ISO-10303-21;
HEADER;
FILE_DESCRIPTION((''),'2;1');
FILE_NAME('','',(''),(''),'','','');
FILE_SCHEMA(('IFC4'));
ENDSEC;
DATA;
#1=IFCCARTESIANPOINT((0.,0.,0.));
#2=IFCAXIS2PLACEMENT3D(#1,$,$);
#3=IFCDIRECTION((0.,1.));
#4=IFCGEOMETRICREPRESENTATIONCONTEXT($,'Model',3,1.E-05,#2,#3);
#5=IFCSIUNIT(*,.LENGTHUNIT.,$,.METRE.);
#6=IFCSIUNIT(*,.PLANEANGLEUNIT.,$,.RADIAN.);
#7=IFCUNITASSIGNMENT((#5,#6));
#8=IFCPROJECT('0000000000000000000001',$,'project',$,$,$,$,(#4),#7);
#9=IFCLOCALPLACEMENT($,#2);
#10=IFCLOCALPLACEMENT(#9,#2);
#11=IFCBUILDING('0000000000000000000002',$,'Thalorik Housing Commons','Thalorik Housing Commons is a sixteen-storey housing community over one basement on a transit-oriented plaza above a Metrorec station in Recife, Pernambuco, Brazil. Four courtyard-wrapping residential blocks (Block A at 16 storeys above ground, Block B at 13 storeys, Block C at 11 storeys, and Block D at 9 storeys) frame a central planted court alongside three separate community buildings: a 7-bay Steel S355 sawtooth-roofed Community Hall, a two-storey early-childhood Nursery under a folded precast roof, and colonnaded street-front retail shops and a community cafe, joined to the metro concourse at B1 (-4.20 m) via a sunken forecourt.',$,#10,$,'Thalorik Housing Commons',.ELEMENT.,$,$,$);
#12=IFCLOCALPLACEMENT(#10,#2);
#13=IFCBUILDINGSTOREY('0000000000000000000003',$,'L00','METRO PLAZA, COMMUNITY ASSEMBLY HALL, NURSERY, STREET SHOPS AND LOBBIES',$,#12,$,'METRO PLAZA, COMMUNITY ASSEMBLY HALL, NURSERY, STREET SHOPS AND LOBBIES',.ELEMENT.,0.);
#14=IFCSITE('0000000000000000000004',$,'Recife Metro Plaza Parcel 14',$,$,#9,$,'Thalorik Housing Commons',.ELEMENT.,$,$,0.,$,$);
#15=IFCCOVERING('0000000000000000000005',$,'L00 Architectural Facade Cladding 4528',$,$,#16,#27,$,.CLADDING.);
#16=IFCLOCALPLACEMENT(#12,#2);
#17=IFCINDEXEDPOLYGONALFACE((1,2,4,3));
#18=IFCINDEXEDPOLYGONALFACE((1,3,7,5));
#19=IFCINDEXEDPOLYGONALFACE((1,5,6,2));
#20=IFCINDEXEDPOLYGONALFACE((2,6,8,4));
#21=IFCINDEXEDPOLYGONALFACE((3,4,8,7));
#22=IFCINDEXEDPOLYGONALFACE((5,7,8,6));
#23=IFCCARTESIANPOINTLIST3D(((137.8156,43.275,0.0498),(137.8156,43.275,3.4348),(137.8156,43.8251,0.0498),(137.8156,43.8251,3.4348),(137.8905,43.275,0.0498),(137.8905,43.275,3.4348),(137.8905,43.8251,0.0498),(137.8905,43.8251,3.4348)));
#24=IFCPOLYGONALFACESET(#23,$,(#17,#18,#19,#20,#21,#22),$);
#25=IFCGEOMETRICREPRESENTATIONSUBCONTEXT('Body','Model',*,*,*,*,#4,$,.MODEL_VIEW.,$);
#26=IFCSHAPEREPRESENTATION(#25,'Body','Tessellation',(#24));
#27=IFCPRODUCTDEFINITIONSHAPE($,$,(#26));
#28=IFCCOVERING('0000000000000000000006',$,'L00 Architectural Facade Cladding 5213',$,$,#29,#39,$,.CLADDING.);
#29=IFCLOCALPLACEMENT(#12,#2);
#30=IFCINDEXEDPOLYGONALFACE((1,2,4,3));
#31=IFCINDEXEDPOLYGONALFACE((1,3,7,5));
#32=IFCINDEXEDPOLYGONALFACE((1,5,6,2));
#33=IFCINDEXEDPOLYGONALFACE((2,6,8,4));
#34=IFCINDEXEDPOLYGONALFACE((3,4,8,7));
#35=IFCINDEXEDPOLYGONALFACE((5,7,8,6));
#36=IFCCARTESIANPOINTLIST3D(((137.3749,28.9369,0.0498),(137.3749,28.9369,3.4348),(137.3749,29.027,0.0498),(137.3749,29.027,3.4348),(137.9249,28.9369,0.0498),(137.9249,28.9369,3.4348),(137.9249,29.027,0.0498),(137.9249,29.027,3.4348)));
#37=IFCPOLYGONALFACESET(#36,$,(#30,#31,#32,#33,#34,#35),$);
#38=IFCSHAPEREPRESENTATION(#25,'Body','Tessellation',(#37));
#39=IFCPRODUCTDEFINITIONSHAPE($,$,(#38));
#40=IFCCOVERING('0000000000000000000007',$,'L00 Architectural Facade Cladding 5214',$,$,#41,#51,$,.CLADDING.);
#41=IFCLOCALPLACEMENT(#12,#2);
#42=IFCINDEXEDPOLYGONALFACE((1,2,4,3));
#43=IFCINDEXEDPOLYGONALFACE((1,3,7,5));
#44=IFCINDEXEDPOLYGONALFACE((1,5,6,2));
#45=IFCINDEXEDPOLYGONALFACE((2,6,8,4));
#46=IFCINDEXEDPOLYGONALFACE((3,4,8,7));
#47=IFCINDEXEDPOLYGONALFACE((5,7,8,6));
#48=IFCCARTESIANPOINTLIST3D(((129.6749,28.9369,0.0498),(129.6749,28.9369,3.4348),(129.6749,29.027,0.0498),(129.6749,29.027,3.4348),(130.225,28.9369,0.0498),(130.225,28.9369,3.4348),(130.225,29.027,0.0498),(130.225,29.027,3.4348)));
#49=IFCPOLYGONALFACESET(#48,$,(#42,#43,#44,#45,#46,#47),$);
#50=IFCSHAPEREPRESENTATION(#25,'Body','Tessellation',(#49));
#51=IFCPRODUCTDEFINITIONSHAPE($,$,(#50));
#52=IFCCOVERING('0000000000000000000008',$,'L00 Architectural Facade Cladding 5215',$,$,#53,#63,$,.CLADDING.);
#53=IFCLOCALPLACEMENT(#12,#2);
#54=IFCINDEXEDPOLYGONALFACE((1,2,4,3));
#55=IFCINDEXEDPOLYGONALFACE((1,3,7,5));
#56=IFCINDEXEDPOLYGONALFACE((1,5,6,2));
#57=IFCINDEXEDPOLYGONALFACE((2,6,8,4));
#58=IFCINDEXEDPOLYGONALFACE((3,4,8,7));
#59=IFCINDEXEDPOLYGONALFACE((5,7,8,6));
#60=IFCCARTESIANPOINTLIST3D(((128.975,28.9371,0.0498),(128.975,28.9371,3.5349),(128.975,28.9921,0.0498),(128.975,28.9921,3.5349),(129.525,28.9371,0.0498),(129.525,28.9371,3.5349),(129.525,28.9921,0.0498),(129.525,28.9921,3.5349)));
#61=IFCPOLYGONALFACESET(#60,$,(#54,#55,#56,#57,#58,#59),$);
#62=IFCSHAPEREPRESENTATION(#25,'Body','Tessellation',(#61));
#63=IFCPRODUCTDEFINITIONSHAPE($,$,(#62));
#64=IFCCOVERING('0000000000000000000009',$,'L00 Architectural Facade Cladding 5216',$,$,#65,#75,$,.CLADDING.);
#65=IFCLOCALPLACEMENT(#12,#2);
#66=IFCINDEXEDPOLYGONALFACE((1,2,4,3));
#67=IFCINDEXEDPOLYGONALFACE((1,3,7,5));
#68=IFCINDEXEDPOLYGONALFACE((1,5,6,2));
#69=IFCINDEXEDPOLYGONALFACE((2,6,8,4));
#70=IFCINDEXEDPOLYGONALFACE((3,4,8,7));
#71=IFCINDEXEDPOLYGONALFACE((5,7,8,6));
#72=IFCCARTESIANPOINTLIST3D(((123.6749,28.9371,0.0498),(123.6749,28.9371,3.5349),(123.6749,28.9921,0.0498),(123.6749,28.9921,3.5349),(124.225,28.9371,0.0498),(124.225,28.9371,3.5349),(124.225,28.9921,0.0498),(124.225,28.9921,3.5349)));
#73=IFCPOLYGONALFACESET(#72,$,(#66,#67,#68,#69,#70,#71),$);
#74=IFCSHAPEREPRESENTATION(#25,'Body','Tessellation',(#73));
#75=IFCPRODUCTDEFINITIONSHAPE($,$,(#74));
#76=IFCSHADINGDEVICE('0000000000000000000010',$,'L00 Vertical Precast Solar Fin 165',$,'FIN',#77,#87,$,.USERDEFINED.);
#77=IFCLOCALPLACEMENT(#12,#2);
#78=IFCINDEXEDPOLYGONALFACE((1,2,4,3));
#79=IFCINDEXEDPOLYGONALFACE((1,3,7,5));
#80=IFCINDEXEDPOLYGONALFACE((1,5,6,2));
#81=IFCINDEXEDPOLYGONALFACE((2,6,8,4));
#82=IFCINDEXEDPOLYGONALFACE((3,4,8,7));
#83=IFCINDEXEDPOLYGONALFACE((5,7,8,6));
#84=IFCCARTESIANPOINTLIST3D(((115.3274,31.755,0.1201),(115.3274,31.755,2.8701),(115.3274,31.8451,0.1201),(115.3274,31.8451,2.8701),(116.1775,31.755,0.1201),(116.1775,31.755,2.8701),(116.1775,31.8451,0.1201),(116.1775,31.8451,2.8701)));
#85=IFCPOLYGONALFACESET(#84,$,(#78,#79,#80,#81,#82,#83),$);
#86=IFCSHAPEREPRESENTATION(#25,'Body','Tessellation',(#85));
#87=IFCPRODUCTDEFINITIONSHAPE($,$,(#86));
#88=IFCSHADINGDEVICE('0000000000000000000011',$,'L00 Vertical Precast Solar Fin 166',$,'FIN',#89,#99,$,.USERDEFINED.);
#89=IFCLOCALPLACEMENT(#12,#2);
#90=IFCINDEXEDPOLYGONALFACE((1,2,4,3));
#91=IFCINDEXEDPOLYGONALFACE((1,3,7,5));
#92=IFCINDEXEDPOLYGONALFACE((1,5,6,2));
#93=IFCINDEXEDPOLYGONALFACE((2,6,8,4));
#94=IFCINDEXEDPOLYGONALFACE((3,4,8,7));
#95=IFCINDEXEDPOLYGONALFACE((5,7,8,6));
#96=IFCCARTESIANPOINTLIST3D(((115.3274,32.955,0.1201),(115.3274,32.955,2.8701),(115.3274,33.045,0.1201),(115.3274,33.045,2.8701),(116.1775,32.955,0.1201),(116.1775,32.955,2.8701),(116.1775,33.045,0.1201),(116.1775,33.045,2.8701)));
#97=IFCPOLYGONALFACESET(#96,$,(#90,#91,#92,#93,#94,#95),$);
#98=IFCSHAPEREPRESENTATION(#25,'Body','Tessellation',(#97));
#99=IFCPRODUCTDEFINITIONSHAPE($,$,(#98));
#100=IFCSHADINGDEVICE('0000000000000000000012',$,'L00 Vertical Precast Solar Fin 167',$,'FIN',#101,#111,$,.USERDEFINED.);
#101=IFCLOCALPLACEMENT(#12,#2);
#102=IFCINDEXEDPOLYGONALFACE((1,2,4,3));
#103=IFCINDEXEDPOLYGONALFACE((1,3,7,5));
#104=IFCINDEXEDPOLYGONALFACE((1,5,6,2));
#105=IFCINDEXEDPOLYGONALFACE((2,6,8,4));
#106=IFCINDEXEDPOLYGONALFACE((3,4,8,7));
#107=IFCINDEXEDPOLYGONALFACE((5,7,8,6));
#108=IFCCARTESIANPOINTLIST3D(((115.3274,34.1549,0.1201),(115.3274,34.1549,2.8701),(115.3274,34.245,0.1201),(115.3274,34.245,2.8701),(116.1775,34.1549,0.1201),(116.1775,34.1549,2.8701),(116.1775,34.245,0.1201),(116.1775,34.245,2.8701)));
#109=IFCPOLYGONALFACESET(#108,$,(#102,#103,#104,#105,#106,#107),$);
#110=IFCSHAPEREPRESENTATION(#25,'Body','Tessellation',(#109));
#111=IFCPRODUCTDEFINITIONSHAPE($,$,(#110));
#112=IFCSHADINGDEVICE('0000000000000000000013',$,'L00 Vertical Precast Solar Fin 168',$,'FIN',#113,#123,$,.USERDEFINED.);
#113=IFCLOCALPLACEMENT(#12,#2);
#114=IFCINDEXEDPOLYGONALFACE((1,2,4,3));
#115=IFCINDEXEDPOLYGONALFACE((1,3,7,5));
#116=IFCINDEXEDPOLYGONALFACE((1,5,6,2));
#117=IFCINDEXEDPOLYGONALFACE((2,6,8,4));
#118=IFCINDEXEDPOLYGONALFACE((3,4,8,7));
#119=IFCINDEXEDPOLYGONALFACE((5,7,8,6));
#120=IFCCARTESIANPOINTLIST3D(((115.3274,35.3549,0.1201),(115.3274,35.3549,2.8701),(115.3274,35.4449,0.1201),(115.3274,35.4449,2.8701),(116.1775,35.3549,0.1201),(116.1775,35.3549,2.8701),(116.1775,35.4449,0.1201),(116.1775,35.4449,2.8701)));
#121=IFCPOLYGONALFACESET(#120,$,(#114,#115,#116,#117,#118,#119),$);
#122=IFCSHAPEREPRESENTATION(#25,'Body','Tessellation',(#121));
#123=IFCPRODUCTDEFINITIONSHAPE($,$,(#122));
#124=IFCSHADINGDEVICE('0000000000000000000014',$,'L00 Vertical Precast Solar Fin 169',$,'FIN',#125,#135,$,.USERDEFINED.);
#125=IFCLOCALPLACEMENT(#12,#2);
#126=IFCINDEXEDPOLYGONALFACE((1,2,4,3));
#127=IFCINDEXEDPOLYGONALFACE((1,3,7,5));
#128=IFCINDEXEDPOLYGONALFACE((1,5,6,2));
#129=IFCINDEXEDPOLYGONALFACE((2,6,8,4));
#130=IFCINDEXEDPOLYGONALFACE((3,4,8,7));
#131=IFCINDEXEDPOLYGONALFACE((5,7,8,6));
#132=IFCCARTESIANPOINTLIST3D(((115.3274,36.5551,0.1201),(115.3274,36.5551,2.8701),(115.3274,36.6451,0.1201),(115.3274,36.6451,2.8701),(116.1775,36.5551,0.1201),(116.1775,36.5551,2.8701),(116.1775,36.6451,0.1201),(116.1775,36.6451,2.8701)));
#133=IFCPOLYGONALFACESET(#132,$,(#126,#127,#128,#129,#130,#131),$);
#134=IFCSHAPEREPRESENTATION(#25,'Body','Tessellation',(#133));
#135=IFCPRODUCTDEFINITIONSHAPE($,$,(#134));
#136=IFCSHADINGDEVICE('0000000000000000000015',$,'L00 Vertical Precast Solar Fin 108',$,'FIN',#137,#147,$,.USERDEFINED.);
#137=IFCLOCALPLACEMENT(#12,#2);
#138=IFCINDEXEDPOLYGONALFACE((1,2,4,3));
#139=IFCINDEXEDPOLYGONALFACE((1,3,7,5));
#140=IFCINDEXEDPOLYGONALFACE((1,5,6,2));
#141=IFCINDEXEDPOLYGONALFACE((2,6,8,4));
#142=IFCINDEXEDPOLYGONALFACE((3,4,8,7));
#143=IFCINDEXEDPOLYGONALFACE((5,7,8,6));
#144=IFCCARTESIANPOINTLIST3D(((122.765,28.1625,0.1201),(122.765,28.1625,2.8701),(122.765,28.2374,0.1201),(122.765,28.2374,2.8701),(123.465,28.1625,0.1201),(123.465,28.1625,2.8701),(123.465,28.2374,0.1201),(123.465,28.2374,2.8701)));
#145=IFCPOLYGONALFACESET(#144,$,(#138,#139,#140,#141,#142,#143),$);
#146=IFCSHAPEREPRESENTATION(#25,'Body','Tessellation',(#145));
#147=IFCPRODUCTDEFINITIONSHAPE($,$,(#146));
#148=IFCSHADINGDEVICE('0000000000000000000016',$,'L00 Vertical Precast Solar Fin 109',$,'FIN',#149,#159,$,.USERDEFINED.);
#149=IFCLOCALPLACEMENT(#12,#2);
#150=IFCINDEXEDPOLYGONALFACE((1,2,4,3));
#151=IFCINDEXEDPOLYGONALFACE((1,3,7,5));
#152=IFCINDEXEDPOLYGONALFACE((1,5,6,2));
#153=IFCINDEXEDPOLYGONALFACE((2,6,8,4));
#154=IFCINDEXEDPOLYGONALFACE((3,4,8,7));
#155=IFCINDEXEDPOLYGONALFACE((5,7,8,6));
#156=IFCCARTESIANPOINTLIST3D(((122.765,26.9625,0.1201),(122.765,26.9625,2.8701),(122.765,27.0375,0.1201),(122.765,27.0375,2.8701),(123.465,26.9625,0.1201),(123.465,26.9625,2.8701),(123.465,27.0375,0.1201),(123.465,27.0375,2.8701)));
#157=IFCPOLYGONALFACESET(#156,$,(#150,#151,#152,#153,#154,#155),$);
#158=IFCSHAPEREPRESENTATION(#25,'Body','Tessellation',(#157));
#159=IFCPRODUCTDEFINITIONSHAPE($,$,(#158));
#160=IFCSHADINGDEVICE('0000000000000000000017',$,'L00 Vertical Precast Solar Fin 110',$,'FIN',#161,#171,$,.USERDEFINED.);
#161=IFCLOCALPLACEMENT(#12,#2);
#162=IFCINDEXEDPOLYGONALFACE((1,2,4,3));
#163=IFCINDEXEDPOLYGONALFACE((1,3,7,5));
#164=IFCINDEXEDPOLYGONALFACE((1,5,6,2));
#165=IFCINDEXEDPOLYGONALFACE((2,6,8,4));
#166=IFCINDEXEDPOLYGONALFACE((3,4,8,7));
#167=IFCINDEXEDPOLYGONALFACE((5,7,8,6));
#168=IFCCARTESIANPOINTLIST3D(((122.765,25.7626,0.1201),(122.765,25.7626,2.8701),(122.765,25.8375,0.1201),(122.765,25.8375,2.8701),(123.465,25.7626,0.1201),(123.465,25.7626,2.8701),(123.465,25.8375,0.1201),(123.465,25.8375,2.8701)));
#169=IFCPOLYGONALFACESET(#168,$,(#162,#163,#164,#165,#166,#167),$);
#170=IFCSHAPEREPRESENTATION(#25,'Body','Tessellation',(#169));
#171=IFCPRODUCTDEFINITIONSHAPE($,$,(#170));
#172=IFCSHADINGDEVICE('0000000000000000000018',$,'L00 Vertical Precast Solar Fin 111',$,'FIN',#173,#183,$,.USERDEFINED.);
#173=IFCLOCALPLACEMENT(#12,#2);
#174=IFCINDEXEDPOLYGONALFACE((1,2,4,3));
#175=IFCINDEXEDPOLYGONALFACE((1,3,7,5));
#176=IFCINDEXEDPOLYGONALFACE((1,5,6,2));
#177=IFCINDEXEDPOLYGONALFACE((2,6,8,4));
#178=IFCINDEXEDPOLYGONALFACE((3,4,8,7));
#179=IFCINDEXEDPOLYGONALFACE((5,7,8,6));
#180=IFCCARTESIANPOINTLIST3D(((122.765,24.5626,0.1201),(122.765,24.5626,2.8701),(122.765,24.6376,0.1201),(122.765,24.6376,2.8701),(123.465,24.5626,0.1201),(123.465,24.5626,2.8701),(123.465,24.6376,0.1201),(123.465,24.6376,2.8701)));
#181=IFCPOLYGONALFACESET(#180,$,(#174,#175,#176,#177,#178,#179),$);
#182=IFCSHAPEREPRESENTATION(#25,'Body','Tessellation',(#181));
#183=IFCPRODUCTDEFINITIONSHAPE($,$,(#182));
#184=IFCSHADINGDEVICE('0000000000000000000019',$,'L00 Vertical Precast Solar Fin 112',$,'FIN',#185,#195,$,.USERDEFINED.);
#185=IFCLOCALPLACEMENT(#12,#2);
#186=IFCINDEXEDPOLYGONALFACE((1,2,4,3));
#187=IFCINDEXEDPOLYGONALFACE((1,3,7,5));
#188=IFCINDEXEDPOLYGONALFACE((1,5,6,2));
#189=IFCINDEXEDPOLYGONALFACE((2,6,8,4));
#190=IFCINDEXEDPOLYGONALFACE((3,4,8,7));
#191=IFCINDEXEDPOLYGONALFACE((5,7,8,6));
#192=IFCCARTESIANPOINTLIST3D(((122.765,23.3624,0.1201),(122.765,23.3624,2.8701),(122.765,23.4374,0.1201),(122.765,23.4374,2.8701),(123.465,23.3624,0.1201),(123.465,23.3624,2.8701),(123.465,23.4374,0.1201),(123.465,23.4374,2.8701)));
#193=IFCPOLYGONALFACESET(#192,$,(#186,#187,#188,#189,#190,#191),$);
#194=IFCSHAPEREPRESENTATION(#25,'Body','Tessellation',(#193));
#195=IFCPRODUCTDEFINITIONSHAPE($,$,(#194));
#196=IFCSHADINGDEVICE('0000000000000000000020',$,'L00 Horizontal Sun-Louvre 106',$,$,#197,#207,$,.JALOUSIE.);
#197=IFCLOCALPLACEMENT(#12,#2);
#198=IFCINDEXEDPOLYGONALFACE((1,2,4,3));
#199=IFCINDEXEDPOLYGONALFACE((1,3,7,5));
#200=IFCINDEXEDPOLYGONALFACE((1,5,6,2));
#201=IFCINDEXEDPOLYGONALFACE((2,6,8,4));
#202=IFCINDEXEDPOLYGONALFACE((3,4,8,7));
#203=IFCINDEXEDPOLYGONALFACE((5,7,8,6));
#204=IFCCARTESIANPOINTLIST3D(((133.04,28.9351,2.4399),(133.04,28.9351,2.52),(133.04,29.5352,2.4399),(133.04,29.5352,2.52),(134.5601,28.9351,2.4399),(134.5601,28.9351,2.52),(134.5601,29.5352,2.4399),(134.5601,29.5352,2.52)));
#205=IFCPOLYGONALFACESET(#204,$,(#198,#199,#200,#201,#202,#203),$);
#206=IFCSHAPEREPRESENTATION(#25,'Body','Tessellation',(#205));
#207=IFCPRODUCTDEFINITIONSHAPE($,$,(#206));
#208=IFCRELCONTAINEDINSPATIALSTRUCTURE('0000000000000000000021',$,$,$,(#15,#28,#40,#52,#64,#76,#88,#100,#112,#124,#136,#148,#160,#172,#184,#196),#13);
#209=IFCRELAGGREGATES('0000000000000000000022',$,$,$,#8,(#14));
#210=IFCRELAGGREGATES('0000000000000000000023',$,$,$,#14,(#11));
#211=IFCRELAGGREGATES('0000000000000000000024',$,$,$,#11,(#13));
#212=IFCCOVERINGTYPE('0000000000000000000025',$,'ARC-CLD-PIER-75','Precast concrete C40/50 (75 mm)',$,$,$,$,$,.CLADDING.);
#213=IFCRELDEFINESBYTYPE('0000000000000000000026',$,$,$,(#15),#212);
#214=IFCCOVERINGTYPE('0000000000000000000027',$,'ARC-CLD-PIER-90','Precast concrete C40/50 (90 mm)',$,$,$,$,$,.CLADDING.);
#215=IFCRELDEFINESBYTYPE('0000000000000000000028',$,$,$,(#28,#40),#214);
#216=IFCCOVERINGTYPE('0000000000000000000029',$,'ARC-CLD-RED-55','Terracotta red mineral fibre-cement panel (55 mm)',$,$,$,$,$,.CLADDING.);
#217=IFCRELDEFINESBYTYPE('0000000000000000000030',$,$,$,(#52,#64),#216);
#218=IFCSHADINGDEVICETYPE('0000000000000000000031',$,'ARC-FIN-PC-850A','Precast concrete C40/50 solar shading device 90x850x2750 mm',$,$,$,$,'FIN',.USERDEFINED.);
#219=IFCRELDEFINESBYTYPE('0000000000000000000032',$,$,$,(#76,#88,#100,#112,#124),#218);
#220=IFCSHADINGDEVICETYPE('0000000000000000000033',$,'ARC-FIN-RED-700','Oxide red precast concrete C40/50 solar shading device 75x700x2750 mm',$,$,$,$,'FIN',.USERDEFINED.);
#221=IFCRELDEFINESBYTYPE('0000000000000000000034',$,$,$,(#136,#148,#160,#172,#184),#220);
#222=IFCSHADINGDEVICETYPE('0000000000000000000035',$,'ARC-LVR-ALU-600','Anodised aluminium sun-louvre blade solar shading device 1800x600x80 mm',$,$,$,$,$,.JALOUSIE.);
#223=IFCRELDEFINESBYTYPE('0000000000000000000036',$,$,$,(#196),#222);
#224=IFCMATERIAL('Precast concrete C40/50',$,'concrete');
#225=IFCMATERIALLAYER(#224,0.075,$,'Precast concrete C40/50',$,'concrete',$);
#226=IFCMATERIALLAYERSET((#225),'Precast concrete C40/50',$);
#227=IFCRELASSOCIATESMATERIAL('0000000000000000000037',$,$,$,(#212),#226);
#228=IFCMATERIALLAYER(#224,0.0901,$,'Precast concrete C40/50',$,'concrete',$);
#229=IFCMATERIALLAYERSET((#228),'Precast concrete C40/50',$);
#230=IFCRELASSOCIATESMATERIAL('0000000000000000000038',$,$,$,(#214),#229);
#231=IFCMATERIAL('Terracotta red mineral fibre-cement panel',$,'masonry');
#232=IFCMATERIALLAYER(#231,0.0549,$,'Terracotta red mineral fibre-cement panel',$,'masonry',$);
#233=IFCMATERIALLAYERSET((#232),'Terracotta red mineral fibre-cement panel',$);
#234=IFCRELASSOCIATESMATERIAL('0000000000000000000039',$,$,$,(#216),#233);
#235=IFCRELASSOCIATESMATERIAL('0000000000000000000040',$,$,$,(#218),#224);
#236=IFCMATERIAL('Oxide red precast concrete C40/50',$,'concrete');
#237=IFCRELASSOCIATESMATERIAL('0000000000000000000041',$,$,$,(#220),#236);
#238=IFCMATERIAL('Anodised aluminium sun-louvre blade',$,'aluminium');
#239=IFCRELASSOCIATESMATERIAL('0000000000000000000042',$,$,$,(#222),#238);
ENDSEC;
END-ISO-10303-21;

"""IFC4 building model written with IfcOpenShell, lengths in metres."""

from ifc_helpers import new_model, si_unit, direction, frame, origin, origin_2d, place, context, subcontext, project, spatial, rectangle, extrude, material, layer, layer_set, type_object, element, save


model = new_model("IFC4")

# Units and contexts
model_context = context("Model", 3, precision=1e-05, world=origin(), true_north=direction((0.0, 1.0)))
body_context = subcontext(model_context, "Body", "Model", "MODEL_VIEW")
ifc_project = project(units=[si_unit("LENGTHUNIT", "METRE"), si_unit("PLANEANGLEUNIT", "RADIAN")], contexts=[model_context])

# Site, building, storey
site_placement = place(None, origin())
site = spatial("IfcSite", under=ifc_project, at=site_placement, Name="Recife Metro Plaza Parcel 14", LongName="Thalorik Housing Commons", CompositionType="ELEMENT", RefElevation=0.0)
building_placement = place(site_placement, origin())
building = spatial("IfcBuilding", under=site, at=building_placement, Name="Thalorik Housing Commons", Description="Thalorik Housing Commons is a sixteen-storey housing community over one basement on a transit-oriented plaza above a Metrorec station in Recife, Pernambuco, Brazil. Four courtyard-wrapping residential blocks (Block A at 16 storeys above ground, Block B at 13 storeys, Block C at 11 storeys, and Block D at 9 storeys) frame a central planted court alongside three separate community buildings: a 7-bay Steel S355 sawtooth-roofed Community Hall, a two-storey early-childhood Nursery under a folded precast roof, and colonnaded street-front retail shops and a community cafe, joined to the metro concourse at B1 (-4.20 m) via a sunken forecourt.", LongName="Thalorik Housing Commons", CompositionType="ELEMENT")
storey_placement = place(building_placement, origin())
storey = spatial("IfcBuildingStorey", under=building, at=storey_placement, Name="L00", Description="METRO PLAZA, COMMUNITY ASSEMBLY HALL, NURSERY, STREET SHOPS AND LOBBIES", LongName="METRO PLAZA, COMMUNITY ASSEMBLY HALL, NURSERY, STREET SHOPS AND LOBBIES", CompositionType="ELEMENT", Elevation=0.0)

# Shared definitions
ifc_material_1 = material(Name="Precast concrete C40/50", Category="concrete")

# Coverings
ifc_layer_1 = layer(ifc_material_1, 0.075, Name="Precast concrete C40/50", Category="concrete")
ifc_layer_set_1 = layer_set([ifc_layer_1], Name="Precast concrete C40/50")
covering_type_1 = type_object("IfcCoveringType", Name="ARC-CLD-PIER-75", Description="Precast concrete C40/50 (75 mm)", PredefinedType="CLADDING", material=ifc_layer_set_1)
covering_placement = place(storey_placement, frame((137.853, 43.55, 0.0498), z_axis=(0.0, 0.0, 1.0), x_axis=(0.0, -1.0, 0.0)))
element("IfcCovering", 1, at=covering_placement, inside=storey, type_object=covering_type_1, Name="L00 Architectural Facade Cladding 4528", PredefinedType="CLADDING", context=body_context, shape_type="SweptSolid", body=[
    extrude(rectangle(XDim=0.55, YDim=0.075, at=origin_2d()), origin(), (0.0, 0.0, 1.0), 3.385),
])
ifc_layer_2 = layer(ifc_material_1, 0.0901, Name="Precast concrete C40/50", Category="concrete")
ifc_layer_set_2 = layer_set([ifc_layer_2], Name="Precast concrete C40/50")
covering_type_2 = type_object("IfcCoveringType", Name="ARC-CLD-PIER-90", Description="Precast concrete C40/50 (90 mm)", PredefinedType="CLADDING", material=ifc_layer_set_2)
for number, where, z_axis, x_axis, name in (
    (2, (137.6499, 28.9819, 0.0498), (0.0, 0.0, 1.0), (-1.0, 0.0, 0.0), "L00 Architectural Facade Cladding 5213"),
    (3, (129.95, 28.9819, 0.0498), (0.0, 0.0, 1.0), (-1.0, 0.0, 0.0), "L00 Architectural Facade Cladding 5214"),
):
    element("IfcCovering", number, at=place(storey_placement, frame(where, z_axis=z_axis, x_axis=x_axis)), inside=storey, type_object=covering_type_2, Name=name, PredefinedType="CLADDING", context=body_context, shape_type="SweptSolid", body=[
        extrude(rectangle(XDim=0.55, YDim=0.0901, at=origin_2d()), origin(), (0.0, 0.0, 1.0), 3.385),
    ])
ifc_material_2 = material(Name="Terracotta red mineral fibre-cement panel", Category="masonry")
ifc_layer_3 = layer(ifc_material_2, 0.0549, Name="Terracotta red mineral fibre-cement panel", Category="masonry")
ifc_layer_set_3 = layer_set([ifc_layer_3], Name="Terracotta red mineral fibre-cement panel")
covering_type_3 = type_object("IfcCoveringType", Name="ARC-CLD-RED-55", Description="Terracotta red mineral fibre-cement panel (55 mm)", PredefinedType="CLADDING", material=ifc_layer_set_3)
for number, where, z_axis, x_axis, name in (
    (4, (129.25, 28.9646, 0.0498), (0.0, 0.0, 1.0), (-1.0, 0.0, 0.0), "L00 Architectural Facade Cladding 5215"),
    (5, (123.95, 28.9646, 0.0498), (0.0, 0.0, 1.0), (-1.0, 0.0, 0.0), "L00 Architectural Facade Cladding 5216"),
):
    element("IfcCovering", number, at=place(storey_placement, frame(where, z_axis=z_axis, x_axis=x_axis)), inside=storey, type_object=covering_type_3, Name=name, PredefinedType="CLADDING", context=body_context, shape_type="SweptSolid", body=[
        extrude(rectangle(XDim=0.55, YDim=0.0549, at=origin_2d()), origin(), (0.0, 0.0, 1.0), 3.4851),
    ])

# Shading devices
shading_device_type_1 = type_object("IfcShadingDeviceType", Name="ARC-FIN-PC-850A", Description="Precast concrete C40/50 solar shading device 90x850x2750 mm", ElementType="FIN", PredefinedType="USERDEFINED", material=ifc_material_1)
for number, where, z_axis, x_axis, name in (
    (6, (115.7524, 31.8, 0.1201), (0.0, 0.0, 1.0), (0.0, 1.0, 0.0), "L00 Vertical Precast Solar Fin 165"),
    (7, (115.7524, 33.0, 0.1201), (0.0, 0.0, 1.0), (0.0, 1.0, 0.0), "L00 Vertical Precast Solar Fin 166"),
    (8, (115.7524, 34.2, 0.1201), (0.0, 0.0, 1.0), (0.0, 1.0, 0.0), "L00 Vertical Precast Solar Fin 167"),
    (9, (115.7524, 35.3999, 0.1201), (0.0, 0.0, 1.0), (0.0, 1.0, 0.0), "L00 Vertical Precast Solar Fin 168"),
    (10, (115.7524, 36.6001, 0.1201), (0.0, 0.0, 1.0), (0.0, 1.0, 0.0), "L00 Vertical Precast Solar Fin 169"),
):
    element("IfcShadingDevice", number, at=place(storey_placement, frame(where, z_axis=z_axis, x_axis=x_axis)), inside=storey, type_object=shading_device_type_1, Name=name, ObjectType="FIN", PredefinedType="USERDEFINED", context=body_context, shape_type="SweptSolid", body=[
        extrude(rectangle(XDim=0.0901, YDim=0.8501, at=origin_2d()), origin(), (0.0, 0.0, 1.0), 2.75),
    ])
ifc_material_3 = material(Name="Oxide red precast concrete C40/50", Category="concrete")
shading_device_type_2 = type_object("IfcShadingDeviceType", Name="ARC-FIN-RED-700", Description="Oxide red precast concrete C40/50 solar shading device 75x700x2750 mm", ElementType="FIN", PredefinedType="USERDEFINED", material=ifc_material_3)
for number, where, z_axis, x_axis, name in (
    (11, (123.115, 28.2, 0.1201), (0.0, 0.0, 1.0), (0.0, -1.0, 0.0), "L00 Vertical Precast Solar Fin 108"),
    (12, (123.115, 27.0, 0.1201), (0.0, 0.0, 1.0), (0.0, -1.0, 0.0), "L00 Vertical Precast Solar Fin 109"),
    (13, (123.115, 25.8, 0.1201), (0.0, 0.0, 1.0), (0.0, -1.0, 0.0), "L00 Vertical Precast Solar Fin 110"),
    (14, (123.115, 24.6001, 0.1201), (0.0, 0.0, 1.0), (0.0, -1.0, 0.0), "L00 Vertical Precast Solar Fin 111"),
    (15, (123.115, 23.3999, 0.1201), (0.0, 0.0, 1.0), (0.0, -1.0, 0.0), "L00 Vertical Precast Solar Fin 112"),
):
    element("IfcShadingDevice", number, at=place(storey_placement, frame(where, z_axis=z_axis, x_axis=x_axis)), inside=storey, type_object=shading_device_type_2, Name=name, ObjectType="FIN", PredefinedType="USERDEFINED", context=body_context, shape_type="SweptSolid", body=[
        extrude(rectangle(XDim=0.075, YDim=0.7, at=origin_2d()), origin(), (0.0, 0.0, 1.0), 2.75),
    ])
ifc_material_4 = material(Name="Anodised aluminium sun-louvre blade", Category="aluminium")
shading_device_type_3 = type_object("IfcShadingDeviceType", Name="ARC-LVR-ALU-600", Description="Anodised aluminium sun-louvre blade solar shading device 1800x600x80 mm", PredefinedType="JALOUSIE", material=ifc_material_4)
shading_device_1_placement = place(storey_placement, frame((133.8, 29.2351, 2.4399), z_axis=(0.0, 0.0, 1.0), x_axis=(-1.0, 0.0, 0.0)))
element("IfcShadingDevice", 16, at=shading_device_1_placement, inside=storey, type_object=shading_device_type_3, Name="L00 Horizontal Sun-Louvre 106", PredefinedType="JALOUSIE", context=body_context, shape_type="SweptSolid", body=[
    extrude(rectangle(XDim=1.52, YDim=0.6001, at=origin_2d()), origin(), (0.0, 0.0, 1.0), 0.0801),
])

save(model, "model.ifc")
